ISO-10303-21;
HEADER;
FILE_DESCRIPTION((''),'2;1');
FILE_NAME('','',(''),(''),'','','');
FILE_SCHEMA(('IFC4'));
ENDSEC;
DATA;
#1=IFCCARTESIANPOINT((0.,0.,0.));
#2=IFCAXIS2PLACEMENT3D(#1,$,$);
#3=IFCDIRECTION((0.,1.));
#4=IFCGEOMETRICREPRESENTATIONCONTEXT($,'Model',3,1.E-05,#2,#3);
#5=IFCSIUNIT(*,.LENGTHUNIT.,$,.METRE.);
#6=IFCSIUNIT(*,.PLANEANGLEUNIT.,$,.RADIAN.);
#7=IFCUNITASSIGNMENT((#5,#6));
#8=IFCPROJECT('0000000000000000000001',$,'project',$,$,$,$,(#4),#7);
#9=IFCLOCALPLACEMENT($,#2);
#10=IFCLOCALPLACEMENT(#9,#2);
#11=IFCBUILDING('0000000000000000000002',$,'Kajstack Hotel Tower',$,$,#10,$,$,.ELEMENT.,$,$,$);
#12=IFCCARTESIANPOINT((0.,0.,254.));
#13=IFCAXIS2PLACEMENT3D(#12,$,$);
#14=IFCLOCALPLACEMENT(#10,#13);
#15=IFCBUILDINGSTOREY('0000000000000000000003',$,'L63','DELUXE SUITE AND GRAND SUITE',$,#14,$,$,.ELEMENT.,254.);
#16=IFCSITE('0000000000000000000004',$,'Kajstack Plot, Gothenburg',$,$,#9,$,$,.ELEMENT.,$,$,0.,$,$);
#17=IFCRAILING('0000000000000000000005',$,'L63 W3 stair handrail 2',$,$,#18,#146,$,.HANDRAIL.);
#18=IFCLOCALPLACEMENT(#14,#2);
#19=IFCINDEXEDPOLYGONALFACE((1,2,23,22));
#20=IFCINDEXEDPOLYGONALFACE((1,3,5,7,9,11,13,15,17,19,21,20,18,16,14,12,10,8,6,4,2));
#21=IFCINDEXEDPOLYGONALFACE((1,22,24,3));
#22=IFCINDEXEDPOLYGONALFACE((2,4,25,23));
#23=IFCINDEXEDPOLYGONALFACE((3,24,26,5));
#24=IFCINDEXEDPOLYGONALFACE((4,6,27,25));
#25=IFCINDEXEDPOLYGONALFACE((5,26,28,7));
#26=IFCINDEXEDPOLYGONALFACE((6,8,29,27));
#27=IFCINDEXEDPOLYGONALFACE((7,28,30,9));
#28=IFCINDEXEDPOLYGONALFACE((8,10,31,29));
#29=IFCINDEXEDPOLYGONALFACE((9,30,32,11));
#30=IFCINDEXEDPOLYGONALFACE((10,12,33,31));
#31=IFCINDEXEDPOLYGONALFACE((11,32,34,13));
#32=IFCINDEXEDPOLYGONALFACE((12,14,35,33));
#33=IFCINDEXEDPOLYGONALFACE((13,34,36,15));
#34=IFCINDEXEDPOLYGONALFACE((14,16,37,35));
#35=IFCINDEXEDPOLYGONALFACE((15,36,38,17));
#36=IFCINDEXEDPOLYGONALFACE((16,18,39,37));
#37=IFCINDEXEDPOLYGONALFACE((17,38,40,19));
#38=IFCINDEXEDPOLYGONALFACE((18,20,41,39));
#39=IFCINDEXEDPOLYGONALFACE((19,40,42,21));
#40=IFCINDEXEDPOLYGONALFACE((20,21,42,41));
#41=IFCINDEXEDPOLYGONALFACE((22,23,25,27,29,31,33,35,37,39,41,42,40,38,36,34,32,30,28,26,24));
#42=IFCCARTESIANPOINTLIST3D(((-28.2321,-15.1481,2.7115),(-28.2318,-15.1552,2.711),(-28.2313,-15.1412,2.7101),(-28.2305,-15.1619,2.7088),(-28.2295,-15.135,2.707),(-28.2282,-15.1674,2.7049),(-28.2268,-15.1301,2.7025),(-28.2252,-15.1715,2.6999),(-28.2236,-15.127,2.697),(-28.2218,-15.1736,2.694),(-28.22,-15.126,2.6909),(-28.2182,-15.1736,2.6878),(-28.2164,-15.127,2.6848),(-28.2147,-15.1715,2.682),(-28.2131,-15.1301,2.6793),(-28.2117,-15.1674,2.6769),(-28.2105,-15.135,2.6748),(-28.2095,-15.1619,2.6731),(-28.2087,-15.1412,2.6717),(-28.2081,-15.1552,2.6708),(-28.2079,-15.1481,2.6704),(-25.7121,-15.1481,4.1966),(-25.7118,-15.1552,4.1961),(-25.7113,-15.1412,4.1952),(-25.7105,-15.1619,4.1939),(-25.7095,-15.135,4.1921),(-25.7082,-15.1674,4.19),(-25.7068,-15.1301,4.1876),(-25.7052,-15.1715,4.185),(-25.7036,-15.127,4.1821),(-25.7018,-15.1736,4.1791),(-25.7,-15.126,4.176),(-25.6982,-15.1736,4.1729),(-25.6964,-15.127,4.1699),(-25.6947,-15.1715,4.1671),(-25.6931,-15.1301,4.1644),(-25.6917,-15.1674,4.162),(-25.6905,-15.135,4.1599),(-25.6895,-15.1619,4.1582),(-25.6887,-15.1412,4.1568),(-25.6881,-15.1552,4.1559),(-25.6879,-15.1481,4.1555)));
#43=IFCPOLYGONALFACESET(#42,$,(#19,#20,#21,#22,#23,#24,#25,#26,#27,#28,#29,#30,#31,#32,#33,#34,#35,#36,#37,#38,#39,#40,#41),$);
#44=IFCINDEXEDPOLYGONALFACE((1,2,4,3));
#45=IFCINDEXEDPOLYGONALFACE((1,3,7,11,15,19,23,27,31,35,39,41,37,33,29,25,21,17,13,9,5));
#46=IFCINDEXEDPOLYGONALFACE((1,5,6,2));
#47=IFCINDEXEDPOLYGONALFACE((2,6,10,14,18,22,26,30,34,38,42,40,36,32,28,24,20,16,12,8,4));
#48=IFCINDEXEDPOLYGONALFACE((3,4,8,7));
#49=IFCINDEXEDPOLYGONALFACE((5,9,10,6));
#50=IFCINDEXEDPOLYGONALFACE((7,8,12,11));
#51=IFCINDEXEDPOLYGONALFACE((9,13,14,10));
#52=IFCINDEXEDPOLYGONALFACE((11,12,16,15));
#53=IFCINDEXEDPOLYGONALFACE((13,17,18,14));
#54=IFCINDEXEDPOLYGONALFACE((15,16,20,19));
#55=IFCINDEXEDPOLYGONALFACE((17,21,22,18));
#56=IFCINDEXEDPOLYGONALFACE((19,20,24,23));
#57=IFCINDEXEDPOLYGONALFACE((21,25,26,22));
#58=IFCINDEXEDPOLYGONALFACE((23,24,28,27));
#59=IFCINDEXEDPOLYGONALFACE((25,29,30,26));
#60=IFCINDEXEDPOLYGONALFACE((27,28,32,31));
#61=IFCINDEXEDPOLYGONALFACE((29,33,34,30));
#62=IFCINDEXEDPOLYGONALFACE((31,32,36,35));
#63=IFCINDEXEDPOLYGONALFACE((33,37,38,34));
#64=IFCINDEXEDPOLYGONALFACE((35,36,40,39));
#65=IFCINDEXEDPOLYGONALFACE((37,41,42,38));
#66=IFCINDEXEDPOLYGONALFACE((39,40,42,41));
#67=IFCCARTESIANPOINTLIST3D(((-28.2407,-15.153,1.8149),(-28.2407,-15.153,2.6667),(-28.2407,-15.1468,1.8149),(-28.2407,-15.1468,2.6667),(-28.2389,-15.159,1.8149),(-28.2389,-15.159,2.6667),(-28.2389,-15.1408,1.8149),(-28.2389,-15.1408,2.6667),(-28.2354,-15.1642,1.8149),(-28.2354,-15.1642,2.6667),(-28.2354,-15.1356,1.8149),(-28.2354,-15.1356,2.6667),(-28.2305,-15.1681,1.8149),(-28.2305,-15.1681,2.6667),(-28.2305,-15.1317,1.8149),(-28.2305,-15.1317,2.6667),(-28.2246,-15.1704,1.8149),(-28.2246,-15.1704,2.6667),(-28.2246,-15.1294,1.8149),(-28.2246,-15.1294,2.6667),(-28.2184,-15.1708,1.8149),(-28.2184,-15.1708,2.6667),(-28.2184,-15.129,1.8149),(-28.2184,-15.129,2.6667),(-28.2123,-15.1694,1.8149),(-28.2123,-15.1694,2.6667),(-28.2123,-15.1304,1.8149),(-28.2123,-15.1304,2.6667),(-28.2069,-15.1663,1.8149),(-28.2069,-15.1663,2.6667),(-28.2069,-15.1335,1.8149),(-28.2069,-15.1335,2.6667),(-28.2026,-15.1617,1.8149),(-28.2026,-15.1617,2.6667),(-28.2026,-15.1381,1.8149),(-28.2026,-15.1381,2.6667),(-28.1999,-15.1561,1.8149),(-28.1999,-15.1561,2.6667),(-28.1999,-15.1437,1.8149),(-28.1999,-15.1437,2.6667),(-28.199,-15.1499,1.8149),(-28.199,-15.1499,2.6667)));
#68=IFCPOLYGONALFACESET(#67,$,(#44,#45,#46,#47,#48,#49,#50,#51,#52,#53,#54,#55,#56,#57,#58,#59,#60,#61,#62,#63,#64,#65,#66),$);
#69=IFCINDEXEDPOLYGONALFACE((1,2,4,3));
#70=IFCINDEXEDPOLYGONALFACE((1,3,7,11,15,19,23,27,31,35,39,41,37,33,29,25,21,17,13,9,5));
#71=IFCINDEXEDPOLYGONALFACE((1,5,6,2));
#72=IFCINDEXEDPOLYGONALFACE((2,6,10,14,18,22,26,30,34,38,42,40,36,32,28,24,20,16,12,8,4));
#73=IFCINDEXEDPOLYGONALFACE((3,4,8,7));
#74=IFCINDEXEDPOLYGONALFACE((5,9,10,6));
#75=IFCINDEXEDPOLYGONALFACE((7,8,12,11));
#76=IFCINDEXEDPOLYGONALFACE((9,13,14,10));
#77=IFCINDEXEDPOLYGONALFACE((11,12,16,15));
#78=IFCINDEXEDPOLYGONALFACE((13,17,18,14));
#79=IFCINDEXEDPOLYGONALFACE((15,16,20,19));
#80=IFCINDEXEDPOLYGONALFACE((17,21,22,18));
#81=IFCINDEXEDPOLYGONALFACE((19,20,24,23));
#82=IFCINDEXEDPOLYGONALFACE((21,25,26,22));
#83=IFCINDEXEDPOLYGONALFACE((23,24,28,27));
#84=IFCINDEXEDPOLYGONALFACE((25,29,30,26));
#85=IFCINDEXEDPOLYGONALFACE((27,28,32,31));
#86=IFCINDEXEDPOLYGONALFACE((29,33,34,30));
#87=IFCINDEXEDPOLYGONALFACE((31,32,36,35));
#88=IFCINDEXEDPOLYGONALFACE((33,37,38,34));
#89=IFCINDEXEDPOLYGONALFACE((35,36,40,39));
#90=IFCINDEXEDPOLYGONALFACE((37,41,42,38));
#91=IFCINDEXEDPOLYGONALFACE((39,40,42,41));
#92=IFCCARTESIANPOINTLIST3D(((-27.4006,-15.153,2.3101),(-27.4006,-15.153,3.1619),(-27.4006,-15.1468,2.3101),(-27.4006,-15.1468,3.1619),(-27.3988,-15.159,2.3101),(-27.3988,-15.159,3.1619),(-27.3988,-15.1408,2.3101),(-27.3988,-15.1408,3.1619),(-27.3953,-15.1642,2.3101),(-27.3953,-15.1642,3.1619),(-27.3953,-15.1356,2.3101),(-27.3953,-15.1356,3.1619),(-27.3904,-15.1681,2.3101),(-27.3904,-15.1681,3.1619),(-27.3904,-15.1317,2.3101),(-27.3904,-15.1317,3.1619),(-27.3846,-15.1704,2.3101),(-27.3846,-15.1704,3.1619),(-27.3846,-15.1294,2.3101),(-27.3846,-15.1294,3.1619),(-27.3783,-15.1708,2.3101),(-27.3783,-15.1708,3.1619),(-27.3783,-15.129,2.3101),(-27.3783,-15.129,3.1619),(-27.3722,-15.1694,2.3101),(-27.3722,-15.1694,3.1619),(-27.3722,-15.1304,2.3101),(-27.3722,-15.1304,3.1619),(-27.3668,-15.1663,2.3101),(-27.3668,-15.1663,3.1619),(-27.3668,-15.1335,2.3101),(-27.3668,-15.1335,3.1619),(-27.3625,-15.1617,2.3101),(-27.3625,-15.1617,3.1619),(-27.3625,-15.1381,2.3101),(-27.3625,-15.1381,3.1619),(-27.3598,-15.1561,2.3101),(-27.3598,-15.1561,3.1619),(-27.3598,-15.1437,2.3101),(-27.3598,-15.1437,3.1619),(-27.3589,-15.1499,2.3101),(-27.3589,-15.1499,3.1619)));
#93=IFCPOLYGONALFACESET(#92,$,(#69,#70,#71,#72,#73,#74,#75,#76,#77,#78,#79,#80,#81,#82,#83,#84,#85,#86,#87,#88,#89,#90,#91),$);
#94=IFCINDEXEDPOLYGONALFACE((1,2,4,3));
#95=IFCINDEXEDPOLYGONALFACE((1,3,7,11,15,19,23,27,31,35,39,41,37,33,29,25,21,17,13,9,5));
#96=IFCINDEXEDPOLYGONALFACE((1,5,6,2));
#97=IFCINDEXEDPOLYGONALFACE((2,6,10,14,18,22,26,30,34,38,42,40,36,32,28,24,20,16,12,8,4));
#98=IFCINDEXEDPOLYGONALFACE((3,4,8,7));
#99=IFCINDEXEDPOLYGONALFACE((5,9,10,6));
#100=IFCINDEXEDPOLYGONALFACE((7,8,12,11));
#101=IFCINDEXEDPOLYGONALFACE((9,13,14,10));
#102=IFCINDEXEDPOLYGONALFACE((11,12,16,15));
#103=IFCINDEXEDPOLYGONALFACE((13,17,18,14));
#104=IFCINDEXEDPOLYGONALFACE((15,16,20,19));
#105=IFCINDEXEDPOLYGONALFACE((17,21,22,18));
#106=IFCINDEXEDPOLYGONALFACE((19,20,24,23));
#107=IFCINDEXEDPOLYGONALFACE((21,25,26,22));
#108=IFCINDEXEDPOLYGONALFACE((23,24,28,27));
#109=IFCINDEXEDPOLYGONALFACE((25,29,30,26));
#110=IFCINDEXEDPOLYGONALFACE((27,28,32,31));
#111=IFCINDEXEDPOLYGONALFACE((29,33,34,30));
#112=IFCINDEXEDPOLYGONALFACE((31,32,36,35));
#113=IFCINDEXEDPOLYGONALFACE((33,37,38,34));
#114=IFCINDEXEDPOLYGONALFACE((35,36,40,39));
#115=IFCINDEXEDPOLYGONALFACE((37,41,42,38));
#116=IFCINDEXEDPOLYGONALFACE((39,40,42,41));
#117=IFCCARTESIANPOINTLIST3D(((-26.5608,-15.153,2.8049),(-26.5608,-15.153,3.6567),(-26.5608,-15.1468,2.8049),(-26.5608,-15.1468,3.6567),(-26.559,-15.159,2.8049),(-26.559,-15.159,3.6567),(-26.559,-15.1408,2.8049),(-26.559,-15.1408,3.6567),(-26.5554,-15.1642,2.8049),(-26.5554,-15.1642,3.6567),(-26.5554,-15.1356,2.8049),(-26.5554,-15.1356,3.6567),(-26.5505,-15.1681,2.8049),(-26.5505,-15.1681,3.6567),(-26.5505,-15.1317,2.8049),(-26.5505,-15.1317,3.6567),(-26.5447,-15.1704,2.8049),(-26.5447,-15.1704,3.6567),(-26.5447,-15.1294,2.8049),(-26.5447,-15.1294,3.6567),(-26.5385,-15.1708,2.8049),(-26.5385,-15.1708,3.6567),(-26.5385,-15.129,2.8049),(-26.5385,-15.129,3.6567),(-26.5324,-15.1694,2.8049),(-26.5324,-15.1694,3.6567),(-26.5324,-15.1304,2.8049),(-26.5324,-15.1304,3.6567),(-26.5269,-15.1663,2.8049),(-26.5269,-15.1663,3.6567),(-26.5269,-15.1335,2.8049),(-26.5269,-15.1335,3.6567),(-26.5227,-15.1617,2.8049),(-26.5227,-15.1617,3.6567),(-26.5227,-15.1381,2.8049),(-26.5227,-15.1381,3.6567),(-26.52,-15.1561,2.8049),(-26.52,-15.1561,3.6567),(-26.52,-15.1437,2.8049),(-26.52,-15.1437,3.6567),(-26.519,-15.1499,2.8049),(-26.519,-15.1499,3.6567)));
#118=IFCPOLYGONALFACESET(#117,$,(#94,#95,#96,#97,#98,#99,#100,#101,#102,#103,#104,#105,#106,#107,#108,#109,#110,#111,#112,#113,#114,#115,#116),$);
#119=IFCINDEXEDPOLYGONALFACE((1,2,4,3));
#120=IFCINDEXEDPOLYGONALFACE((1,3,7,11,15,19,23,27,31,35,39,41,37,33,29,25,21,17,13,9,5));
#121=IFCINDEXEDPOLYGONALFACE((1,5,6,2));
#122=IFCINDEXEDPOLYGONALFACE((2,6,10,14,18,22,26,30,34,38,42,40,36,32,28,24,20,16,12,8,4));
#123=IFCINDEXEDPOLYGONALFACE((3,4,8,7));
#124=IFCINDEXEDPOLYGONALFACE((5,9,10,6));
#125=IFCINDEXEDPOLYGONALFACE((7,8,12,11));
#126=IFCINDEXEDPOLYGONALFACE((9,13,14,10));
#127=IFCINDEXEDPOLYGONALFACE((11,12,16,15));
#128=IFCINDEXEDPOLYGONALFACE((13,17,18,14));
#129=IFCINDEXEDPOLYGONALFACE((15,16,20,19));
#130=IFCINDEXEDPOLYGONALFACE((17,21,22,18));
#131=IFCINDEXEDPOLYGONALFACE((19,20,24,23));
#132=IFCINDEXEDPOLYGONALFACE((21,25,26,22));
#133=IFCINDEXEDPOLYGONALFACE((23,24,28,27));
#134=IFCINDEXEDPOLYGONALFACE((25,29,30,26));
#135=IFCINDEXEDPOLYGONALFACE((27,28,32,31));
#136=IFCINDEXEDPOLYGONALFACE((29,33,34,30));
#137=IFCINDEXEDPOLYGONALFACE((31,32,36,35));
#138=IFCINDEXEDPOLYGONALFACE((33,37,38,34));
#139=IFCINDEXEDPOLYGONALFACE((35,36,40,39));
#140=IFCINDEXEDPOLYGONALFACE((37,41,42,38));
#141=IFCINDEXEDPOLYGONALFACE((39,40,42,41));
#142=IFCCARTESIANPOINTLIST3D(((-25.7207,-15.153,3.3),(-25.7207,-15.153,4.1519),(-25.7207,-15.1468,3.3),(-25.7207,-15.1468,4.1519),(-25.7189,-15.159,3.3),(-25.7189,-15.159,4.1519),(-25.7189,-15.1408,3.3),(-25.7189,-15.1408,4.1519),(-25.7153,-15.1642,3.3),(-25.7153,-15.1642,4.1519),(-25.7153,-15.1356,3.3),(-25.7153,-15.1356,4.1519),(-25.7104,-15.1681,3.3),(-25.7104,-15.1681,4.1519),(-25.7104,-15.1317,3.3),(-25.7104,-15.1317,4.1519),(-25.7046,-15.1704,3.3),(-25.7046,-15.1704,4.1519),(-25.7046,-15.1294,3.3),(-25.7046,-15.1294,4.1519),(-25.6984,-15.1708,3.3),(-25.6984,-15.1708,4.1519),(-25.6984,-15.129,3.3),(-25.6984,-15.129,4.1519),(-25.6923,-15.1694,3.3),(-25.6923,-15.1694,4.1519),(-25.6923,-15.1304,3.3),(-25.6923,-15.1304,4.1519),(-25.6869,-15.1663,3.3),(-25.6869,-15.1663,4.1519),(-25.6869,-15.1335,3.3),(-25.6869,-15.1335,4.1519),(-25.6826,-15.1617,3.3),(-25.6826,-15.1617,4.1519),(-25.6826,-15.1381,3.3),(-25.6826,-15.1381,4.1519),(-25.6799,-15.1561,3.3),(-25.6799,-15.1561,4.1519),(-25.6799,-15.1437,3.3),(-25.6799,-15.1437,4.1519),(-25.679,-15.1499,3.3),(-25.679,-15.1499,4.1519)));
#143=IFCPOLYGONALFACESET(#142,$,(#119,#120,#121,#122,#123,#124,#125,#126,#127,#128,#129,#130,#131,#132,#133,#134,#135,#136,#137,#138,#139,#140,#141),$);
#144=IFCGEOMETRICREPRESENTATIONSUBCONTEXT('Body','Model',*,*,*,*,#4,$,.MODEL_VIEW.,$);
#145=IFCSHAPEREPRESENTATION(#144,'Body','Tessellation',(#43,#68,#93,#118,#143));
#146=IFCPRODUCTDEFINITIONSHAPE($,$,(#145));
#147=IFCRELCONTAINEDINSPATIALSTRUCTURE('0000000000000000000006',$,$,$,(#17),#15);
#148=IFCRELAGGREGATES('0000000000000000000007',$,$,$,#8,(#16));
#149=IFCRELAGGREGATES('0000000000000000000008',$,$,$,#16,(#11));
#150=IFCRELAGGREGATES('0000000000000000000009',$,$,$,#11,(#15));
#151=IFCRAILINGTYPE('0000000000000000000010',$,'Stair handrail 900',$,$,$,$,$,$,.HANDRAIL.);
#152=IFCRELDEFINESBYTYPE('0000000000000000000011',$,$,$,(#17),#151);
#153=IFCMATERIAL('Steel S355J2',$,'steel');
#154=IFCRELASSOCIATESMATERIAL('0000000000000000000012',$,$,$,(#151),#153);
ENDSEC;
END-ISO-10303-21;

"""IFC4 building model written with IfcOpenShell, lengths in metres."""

from ifc_helpers import new_model, si_unit, direction, frame, origin, origin_2d, place, context, subcontext, project, spatial, circle, extrude, material, type_object, element, save


model = new_model("IFC4")

# Units and contexts
model_context = context("Model", 3, precision=1e-05, world=origin(), true_north=direction((0.0, 1.0)))
body_context = subcontext(model_context, "Body", "Model", "MODEL_VIEW")
ifc_project = project(units=[si_unit("LENGTHUNIT", "METRE"), si_unit("PLANEANGLEUNIT", "RADIAN")], contexts=[model_context])

# Site, building, storey
site_placement = place(None, origin())
site = spatial("IfcSite", under=ifc_project, at=site_placement, Name="Kajstack Plot, Gothenburg", CompositionType="ELEMENT", RefElevation=0.0)
building_placement = place(site_placement, origin())
building = spatial("IfcBuilding", under=site, at=building_placement, Name="Kajstack Hotel Tower", CompositionType="ELEMENT")
storey_placement = place(building_placement, frame((0.0, 0.0, 254.0)))
storey = spatial("IfcBuildingStorey", under=building, at=storey_placement, Name="L63", Description="DELUXE SUITE AND GRAND SUITE", CompositionType="ELEMENT", Elevation=254.0)

# Railing
ifc_material_1 = material(Name="Steel S355J2", Category="steel")
railing_type_1 = type_object("IfcRailingType", Name="Stair handrail 900", PredefinedType="HANDRAIL", material=ifc_material_1)
railing_1_placement = place(storey_placement, frame((-28.22, -15.1499, 1.8149)))
element("IfcRailing", 1, at=railing_1_placement, inside=storey, type_object=railing_type_1, Name="L63 W3 stair handrail 2", PredefinedType="HANDRAIL", context=body_context, shape_type="SweptSolid", body=[
    extrude(circle(Radius=0.0239, at=origin_2d()), frame((0.0, 0.0, 0.876), z_axis=(0.861524, 0.0, 0.507717), x_axis=(0.0, 1.0, 0.0)), (0.0, 0.0, 1.0), 2.925),
    extrude(circle(Radius=0.021, at=origin_2d()), origin(), (0.0, 0.0, 1.0), 0.8518),
    extrude(circle(Radius=0.021, at=origin_2d()), frame((0.8401, 0.0, 0.4951)), (0.0, 0.0, 1.0), 0.8518),
    extrude(circle(Radius=0.021, at=origin_2d()), frame((1.6799, 0.0, 0.99)), (0.0, 0.0, 1.0), 0.8518),
    extrude(circle(Radius=0.021, at=origin_2d()), frame((2.52, 0.0, 1.4851)), (0.0, 0.0, 1.0), 0.8518),
])

save(model, "model.ifc")
